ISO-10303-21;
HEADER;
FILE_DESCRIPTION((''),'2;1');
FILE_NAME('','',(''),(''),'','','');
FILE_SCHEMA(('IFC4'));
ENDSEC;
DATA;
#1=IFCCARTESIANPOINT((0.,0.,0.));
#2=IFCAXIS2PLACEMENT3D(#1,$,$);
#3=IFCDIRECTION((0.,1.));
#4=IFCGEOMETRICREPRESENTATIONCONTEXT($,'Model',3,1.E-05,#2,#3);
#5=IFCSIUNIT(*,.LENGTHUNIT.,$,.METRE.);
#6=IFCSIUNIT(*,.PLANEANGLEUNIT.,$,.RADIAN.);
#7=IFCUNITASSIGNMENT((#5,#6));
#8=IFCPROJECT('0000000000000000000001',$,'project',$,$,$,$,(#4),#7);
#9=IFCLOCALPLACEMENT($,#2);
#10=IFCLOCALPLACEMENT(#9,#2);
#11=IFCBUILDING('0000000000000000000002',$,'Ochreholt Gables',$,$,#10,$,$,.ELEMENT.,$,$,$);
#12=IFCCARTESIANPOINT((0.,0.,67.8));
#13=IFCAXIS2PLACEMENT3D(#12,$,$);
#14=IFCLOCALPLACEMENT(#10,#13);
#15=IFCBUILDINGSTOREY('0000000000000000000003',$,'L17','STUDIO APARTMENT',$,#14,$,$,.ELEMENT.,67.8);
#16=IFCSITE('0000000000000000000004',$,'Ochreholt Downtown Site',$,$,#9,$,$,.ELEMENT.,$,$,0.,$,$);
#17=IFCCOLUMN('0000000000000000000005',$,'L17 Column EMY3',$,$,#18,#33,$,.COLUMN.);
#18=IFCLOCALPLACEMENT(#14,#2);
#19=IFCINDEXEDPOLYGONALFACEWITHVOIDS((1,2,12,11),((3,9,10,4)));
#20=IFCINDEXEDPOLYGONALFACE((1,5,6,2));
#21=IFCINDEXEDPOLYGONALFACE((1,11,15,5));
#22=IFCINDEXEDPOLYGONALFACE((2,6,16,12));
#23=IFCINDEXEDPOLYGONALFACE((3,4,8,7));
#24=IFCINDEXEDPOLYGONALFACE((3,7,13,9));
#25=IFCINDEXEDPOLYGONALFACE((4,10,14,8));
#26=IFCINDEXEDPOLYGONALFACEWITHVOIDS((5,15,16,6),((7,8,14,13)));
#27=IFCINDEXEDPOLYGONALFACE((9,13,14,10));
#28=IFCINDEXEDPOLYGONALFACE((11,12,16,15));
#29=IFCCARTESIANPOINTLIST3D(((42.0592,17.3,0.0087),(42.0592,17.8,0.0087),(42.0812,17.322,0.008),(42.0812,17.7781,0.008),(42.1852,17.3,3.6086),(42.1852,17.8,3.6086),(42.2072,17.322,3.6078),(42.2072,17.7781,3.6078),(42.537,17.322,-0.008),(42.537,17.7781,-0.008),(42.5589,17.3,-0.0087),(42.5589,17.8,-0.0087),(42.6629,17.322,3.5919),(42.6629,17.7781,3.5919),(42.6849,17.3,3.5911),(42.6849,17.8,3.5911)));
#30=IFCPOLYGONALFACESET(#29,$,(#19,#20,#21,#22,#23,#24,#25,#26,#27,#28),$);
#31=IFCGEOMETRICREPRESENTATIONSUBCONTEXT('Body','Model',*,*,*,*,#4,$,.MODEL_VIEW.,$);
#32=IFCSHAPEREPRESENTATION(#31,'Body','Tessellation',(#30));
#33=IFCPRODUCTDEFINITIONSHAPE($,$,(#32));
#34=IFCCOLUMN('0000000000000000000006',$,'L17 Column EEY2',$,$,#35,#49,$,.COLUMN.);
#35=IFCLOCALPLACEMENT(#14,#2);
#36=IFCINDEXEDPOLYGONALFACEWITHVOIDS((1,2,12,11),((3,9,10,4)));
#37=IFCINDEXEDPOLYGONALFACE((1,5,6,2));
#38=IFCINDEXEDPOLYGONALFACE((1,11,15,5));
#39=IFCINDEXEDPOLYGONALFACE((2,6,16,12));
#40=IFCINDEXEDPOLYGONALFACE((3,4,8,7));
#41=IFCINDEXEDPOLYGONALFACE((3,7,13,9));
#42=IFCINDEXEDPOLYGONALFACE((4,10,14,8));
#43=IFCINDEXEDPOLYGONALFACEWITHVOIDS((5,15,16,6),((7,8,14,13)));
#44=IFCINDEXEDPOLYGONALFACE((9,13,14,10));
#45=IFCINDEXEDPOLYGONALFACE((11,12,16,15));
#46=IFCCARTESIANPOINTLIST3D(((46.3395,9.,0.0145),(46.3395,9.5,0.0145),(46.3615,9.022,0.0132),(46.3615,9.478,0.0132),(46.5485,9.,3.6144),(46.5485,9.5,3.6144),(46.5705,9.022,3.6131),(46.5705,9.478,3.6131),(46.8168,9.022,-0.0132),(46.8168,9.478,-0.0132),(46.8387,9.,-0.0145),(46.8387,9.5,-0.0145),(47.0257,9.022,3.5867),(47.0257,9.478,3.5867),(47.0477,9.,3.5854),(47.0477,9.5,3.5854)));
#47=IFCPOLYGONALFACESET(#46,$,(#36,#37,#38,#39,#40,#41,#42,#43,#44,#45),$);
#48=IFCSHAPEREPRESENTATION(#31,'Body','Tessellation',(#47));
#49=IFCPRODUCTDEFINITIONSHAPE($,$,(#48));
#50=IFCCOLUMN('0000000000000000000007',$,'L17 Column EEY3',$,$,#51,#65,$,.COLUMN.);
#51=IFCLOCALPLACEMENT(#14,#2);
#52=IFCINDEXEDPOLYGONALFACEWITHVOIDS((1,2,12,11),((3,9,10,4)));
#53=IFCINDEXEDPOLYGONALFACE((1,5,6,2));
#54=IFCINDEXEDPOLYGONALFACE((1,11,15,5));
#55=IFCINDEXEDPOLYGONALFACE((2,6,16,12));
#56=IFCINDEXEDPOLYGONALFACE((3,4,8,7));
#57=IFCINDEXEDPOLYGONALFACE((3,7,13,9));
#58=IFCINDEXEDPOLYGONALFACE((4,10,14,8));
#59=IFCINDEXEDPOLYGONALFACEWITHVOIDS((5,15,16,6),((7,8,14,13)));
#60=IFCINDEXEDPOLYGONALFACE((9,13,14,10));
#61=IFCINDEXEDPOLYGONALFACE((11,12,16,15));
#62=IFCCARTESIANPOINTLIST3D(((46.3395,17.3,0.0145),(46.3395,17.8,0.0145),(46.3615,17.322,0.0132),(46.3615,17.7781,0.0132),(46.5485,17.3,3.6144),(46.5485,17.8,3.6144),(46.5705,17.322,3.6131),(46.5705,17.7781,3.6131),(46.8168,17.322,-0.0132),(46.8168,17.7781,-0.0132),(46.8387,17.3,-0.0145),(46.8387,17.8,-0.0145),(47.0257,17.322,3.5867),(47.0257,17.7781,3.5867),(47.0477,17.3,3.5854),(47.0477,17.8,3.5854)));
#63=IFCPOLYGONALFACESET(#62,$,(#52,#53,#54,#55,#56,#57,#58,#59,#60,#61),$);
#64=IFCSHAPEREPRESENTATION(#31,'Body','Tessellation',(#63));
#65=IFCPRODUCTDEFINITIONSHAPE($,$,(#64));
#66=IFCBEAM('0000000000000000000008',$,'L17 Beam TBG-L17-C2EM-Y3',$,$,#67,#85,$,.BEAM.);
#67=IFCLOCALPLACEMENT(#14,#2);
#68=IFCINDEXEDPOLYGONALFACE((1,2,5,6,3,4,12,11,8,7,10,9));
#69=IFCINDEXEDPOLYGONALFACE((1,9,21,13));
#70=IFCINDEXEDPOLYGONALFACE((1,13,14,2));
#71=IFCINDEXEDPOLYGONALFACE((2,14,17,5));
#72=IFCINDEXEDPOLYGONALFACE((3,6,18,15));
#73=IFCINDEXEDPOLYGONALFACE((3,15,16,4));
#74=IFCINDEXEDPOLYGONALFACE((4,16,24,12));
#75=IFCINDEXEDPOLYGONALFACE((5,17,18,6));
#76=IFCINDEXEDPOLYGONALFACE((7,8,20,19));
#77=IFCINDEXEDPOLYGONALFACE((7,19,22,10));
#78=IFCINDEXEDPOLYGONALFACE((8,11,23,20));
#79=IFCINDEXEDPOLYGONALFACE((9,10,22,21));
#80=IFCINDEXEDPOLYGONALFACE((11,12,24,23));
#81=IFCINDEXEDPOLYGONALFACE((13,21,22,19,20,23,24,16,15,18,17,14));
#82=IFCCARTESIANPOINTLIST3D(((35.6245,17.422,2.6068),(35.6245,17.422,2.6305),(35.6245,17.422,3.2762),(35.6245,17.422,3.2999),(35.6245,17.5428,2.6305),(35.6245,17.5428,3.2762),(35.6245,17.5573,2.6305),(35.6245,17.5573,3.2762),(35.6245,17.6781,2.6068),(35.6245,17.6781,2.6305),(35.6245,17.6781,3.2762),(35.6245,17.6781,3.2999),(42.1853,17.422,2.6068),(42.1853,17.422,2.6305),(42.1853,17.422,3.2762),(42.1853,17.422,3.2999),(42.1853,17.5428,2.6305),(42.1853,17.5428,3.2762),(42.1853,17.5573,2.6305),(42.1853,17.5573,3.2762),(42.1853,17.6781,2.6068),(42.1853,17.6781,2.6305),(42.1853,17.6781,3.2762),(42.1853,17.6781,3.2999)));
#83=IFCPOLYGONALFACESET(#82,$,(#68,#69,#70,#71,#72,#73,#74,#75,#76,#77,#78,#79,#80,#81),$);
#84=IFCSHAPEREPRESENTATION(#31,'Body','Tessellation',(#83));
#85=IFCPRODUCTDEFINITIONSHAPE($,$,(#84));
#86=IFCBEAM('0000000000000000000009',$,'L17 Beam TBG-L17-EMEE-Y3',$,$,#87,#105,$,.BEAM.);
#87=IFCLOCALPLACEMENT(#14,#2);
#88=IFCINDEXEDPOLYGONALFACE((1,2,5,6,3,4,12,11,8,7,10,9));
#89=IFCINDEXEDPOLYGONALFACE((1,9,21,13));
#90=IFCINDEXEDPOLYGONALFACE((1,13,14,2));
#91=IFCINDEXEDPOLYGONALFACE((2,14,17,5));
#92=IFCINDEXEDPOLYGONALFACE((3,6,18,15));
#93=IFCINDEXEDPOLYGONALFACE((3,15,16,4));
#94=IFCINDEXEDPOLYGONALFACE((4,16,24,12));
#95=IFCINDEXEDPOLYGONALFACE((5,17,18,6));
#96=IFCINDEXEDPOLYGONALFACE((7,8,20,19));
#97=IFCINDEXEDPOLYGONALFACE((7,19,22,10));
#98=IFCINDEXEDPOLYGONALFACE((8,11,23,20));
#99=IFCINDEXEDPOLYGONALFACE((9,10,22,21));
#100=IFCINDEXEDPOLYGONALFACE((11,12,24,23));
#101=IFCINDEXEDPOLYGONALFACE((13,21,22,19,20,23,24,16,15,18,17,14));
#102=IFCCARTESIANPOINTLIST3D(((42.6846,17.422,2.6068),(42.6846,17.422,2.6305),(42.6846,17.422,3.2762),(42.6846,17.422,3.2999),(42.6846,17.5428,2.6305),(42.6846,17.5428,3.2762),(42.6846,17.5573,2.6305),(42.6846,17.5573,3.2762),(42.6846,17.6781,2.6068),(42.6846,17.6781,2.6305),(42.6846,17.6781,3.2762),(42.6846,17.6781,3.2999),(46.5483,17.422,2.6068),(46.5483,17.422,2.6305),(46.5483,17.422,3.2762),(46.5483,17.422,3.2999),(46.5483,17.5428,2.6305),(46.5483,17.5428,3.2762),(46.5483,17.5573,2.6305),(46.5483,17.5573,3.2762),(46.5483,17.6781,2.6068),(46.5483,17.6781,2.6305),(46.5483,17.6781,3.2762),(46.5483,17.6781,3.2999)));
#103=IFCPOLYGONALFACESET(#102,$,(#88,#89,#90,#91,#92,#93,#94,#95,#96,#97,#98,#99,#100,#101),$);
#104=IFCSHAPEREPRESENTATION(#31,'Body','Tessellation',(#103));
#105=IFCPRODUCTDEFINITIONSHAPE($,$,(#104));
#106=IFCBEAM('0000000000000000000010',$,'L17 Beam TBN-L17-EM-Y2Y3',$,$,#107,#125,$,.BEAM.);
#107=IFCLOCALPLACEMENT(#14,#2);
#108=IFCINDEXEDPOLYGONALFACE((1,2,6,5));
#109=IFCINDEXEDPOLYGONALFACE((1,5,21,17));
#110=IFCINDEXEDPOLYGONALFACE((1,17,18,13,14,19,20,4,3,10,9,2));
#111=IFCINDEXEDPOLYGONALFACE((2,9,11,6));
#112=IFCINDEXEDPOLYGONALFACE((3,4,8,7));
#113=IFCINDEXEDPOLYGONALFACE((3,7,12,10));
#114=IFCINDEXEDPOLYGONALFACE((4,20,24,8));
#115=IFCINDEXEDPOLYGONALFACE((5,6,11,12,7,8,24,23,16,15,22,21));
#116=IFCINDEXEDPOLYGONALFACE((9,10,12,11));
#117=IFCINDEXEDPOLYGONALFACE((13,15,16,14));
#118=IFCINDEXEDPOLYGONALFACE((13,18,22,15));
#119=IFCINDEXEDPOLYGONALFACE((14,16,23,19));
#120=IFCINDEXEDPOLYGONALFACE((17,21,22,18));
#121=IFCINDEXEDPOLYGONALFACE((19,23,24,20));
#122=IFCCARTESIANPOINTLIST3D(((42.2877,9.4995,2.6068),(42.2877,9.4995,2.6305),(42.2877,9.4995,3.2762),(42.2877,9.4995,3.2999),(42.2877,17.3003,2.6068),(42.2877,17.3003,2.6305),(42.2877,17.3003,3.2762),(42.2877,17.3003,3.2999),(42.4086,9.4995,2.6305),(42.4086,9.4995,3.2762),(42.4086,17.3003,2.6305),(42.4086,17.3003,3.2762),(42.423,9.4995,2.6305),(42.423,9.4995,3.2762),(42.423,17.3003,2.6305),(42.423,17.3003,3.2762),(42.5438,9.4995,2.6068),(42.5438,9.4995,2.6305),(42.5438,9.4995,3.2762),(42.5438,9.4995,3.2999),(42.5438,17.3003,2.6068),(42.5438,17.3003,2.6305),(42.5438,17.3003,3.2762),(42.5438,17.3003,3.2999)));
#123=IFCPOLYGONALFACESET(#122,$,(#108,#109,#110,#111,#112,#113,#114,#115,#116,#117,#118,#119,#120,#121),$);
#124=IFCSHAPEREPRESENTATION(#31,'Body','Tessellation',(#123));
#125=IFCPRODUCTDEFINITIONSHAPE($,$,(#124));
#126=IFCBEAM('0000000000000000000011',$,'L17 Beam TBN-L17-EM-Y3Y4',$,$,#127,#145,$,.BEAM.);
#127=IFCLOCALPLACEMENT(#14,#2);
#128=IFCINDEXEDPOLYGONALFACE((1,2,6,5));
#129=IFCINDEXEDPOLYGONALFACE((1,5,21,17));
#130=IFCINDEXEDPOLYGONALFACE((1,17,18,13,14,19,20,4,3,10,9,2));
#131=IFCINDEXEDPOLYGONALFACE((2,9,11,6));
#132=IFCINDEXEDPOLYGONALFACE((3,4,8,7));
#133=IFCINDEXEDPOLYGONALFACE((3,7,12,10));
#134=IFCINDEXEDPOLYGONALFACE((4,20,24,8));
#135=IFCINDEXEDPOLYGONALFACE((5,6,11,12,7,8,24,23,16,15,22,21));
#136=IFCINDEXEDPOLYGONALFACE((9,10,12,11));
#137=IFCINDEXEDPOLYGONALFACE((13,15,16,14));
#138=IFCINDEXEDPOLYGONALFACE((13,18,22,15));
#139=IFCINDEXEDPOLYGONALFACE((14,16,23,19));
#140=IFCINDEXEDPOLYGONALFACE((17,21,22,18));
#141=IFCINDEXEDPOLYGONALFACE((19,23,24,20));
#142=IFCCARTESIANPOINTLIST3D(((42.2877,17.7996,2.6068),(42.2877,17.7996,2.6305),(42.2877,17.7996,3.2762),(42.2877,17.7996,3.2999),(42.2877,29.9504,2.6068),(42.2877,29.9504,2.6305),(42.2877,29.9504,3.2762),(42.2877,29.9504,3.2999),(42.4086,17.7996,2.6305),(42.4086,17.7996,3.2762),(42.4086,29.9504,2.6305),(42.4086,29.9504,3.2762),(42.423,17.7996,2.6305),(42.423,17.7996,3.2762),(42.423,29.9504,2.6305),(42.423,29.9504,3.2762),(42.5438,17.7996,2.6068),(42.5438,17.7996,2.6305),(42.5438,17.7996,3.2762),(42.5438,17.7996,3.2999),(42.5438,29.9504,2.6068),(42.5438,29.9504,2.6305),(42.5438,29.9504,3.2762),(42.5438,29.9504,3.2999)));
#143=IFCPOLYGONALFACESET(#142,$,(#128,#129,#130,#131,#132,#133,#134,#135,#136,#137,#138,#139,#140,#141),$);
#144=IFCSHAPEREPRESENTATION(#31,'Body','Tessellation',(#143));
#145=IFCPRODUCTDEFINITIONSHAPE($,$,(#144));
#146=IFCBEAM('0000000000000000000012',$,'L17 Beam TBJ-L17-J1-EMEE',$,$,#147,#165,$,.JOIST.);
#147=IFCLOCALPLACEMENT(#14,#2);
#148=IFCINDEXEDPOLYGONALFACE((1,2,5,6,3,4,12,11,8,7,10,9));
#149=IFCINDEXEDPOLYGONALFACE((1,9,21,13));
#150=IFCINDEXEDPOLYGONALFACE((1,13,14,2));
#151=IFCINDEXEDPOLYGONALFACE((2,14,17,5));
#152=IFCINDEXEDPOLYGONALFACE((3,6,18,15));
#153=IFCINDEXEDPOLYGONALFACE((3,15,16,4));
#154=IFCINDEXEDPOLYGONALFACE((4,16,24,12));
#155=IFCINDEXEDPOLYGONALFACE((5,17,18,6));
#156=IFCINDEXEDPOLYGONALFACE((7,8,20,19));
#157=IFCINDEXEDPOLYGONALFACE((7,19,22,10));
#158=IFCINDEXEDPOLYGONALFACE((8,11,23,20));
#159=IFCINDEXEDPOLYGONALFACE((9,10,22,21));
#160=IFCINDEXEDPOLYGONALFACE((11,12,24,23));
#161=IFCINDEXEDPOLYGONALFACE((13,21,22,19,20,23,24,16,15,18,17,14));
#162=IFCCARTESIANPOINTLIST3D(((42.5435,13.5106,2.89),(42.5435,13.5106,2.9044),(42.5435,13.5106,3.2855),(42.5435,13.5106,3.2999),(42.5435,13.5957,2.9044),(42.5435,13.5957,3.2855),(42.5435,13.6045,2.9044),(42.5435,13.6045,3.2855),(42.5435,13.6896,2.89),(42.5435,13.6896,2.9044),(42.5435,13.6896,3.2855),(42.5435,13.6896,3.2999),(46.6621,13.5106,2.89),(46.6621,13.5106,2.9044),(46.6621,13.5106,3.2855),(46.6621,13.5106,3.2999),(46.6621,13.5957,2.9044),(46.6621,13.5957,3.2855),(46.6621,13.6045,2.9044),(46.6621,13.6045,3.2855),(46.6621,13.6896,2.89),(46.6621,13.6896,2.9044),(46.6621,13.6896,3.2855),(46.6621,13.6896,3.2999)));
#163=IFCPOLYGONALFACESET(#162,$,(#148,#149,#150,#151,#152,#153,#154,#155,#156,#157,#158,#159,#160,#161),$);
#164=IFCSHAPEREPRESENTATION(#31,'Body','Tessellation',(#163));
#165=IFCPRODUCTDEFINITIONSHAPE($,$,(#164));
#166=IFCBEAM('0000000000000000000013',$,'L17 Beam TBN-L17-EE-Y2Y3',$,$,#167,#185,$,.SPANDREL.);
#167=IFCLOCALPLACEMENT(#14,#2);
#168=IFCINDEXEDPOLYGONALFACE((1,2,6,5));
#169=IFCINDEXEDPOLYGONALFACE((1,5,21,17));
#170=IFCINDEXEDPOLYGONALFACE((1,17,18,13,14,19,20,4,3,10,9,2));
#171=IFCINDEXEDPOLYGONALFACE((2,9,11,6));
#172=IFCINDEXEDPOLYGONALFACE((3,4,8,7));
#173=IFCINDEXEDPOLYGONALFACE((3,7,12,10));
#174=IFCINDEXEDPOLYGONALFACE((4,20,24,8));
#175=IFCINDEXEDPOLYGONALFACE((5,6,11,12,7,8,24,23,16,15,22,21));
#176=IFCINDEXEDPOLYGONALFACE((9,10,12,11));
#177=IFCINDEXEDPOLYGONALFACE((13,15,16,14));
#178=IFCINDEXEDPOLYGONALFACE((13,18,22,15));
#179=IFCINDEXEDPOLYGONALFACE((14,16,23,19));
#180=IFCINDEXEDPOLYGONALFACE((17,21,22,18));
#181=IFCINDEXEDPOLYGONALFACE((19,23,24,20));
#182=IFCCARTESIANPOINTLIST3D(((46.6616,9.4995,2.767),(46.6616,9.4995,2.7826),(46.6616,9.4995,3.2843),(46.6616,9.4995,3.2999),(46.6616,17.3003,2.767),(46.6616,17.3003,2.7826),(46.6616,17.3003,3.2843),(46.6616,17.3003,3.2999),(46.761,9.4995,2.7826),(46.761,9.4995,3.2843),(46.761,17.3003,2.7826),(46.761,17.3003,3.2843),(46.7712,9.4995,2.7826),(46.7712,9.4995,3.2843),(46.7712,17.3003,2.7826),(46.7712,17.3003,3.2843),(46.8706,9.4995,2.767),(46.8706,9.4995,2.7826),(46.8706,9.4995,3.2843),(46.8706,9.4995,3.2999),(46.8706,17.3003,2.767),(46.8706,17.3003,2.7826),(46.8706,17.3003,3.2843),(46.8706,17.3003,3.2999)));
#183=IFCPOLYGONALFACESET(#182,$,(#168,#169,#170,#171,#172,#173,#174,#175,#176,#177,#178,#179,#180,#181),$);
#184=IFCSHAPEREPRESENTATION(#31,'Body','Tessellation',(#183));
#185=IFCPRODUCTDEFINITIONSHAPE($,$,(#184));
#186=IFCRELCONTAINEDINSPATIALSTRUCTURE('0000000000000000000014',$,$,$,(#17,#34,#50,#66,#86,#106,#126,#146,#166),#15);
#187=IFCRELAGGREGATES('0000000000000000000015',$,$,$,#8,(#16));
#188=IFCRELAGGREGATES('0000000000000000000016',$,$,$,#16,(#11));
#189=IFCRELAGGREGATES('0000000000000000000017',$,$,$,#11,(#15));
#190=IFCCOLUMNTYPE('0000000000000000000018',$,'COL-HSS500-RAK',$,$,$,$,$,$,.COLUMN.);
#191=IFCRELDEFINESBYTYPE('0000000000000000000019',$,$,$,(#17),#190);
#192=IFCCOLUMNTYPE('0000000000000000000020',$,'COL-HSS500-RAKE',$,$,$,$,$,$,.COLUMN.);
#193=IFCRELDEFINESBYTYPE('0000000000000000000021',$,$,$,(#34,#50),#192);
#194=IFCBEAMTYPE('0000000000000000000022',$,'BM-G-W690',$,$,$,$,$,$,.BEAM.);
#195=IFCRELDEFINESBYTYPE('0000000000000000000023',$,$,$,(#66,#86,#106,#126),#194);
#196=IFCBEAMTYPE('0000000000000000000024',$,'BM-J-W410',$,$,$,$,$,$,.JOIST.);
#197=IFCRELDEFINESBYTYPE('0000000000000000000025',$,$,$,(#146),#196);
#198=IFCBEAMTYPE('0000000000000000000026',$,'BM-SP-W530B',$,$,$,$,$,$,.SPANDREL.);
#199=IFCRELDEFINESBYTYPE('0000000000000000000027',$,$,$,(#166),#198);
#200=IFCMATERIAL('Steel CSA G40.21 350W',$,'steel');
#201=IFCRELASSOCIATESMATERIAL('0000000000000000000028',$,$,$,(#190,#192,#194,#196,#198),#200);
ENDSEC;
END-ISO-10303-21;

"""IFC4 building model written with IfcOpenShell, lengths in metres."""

from ifc_helpers import new_model, si_unit, direction, frame, origin, origin_2d, place, context, subcontext, project, spatial, hollow_rectangle, i_section, extrude, material, material_profile, profile_set, type_object, element, save


model = new_model("IFC4")

# Units and contexts
model_context = context("Model", 3, precision=1e-05, world=origin(), true_north=direction((0.0, 1.0)))
body_context = subcontext(model_context, "Body", "Model", "MODEL_VIEW")
ifc_project = project(units=[si_unit("LENGTHUNIT", "METRE"), si_unit("PLANEANGLEUNIT", "RADIAN")], contexts=[model_context])

# Site, building, storey
site_placement = place(None, origin())
site = spatial("IfcSite", under=ifc_project, at=site_placement, Name="Ochreholt Downtown Site", CompositionType="ELEMENT", RefElevation=0.0)
building_placement = place(site_placement, origin())
building = spatial("IfcBuilding", under=site, at=building_placement, Name="Ochreholt Gables", CompositionType="ELEMENT")
storey_placement = place(building_placement, frame((0.0, 0.0, 67.8)))
storey = spatial("IfcBuildingStorey", under=building, at=storey_placement, Name="L17", Description="STUDIO APARTMENT", CompositionType="ELEMENT", Elevation=67.8)

# Columns
ifc_material_1 = material(Name="Steel CSA G40.21 350W", Category="steel")
ifc_material_profile_1 = material_profile(ifc_material_1, hollow_rectangle(XDim=0.5, YDim=0.5, WallThickness=0.022, at=origin_2d()), Name="HSS500X500X22")
ifc_profile_set_1 = profile_set([ifc_material_profile_1], Name="Steel CSA G40.21 350W")
column_type_1 = type_object("IfcColumnType", Name="COL-HSS500-RAK", PredefinedType="COLUMN", material=ifc_profile_set_1)
column_placement = place(storey_placement, frame((42.3091, 17.55, 0.0), z_axis=(0.034974, 0.0, 0.999388), x_axis=(0.0, 1.0, 0.0)))
element("IfcColumn", 1, at=column_placement, inside=storey, type_object=column_type_1, Name="L17 Column EMY3", PredefinedType="COLUMN", context=body_context, shape_type="SweptSolid", body=[
    extrude(hollow_rectangle(XDim=0.5, YDim=0.5, WallThickness=0.022, at=origin_2d()), origin(), (0.0, 0.0, 1.0), 3.6021),
])
ifc_material_profile_2 = material_profile(ifc_material_1, hollow_rectangle(XDim=0.5, YDim=0.5, WallThickness=0.022, at=origin_2d()), Name="HSS500X500X22")
ifc_profile_set_2 = profile_set([ifc_material_profile_2], Name="Steel CSA G40.21 350W")
column_type_2 = type_object("IfcColumnType", Name="COL-HSS500-RAKE", PredefinedType="COLUMN", material=ifc_profile_set_2)
for number, where, z_axis, x_axis, name in (
    (2, (46.5891, 9.25, 0.0), (0.057956, 0.0, 0.998319), (0.0, 1.0, 0.0), "L17 Column EEY2"),
    (3, (46.5891, 17.55, 0.0), (0.057956, 0.0, 0.998319), (0.0, 1.0, 0.0), "L17 Column EEY3"),
):
    element("IfcColumn", number, at=place(storey_placement, frame(where, z_axis=z_axis, x_axis=x_axis)), inside=storey, type_object=column_type_2, Name=name, PredefinedType="COLUMN", context=body_context, shape_type="SweptSolid", body=[
        extrude(hollow_rectangle(XDim=0.5, YDim=0.5, WallThickness=0.022, at=origin_2d()), origin(), (0.0, 0.0, 1.0), 3.606),
    ])

# Beams
ifc_material_profile_3 = material_profile(ifc_material_1, i_section(OverallWidth=0.2561, OverallDepth=0.6931, WebThickness=0.0144, FlangeThickness=0.0237, at=origin_2d()), Name="W690X170")
ifc_profile_set_3 = profile_set([ifc_material_profile_3], Name="Steel CSA G40.21 350W")
beam_type_1 = type_object("IfcBeamType", Name="BM-G-W690", PredefinedType="BEAM", material=ifc_profile_set_3)
beam_1_placement = place(storey_placement, frame((35.6245, 17.55, 2.9534), z_axis=(1.0, 0.0, 0.0), x_axis=(0.0, 1.0, 0.0)))
element("IfcBeam", 4, at=beam_1_placement, inside=storey, type_object=beam_type_1, Name="L17 Beam TBG-L17-C2EM-Y3", PredefinedType="BEAM", context=body_context, shape_type="SweptSolid", body=[
    extrude(i_section(OverallWidth=0.2561, OverallDepth=0.6931, WebThickness=0.0144, FlangeThickness=0.0237, at=origin_2d()), origin(), (0.0, 0.0, 1.0), 6.5608),
])
beam_2_placement = place(storey_placement, frame((42.6846, 17.55, 2.9534), z_axis=(1.0, 0.0, 0.0), x_axis=(0.0, 1.0, 0.0)))
element("IfcBeam", 5, at=beam_2_placement, inside=storey, type_object=beam_type_1, Name="L17 Beam TBG-L17-EMEE-Y3", PredefinedType="BEAM", context=body_context, shape_type="SweptSolid", body=[
    extrude(i_section(OverallWidth=0.2561, OverallDepth=0.6931, WebThickness=0.0144, FlangeThickness=0.0237, at=origin_2d()), origin(), (0.0, 0.0, 1.0), 3.8638),
])
beam_3_placement = place(storey_placement, frame((42.4158, 9.4995, 2.9534), z_axis=(0.0, 1.0, 0.0), x_axis=(-1.0, 0.0, 0.0)))
element("IfcBeam", 6, at=beam_3_placement, inside=storey, type_object=beam_type_1, Name="L17 Beam TBN-L17-EM-Y2Y3", PredefinedType="BEAM", context=body_context, shape_type="SweptSolid", body=[
    extrude(i_section(OverallWidth=0.2561, OverallDepth=0.6931, WebThickness=0.0144, FlangeThickness=0.0237, at=origin_2d()), origin(), (0.0, 0.0, 1.0), 7.8008),
])
beam_4_placement = place(storey_placement, frame((42.4158, 17.7996, 2.9534), z_axis=(0.0, 1.0, 0.0), x_axis=(-1.0, 0.0, 0.0)))
element("IfcBeam", 7, at=beam_4_placement, inside=storey, type_object=beam_type_1, Name="L17 Beam TBN-L17-EM-Y3Y4", PredefinedType="BEAM", context=body_context, shape_type="SweptSolid", body=[
    extrude(i_section(OverallWidth=0.2561, OverallDepth=0.6931, WebThickness=0.0144, FlangeThickness=0.0237, at=origin_2d()), origin(), (0.0, 0.0, 1.0), 12.1509),
])
ifc_material_profile_4 = material_profile(ifc_material_1, i_section(OverallWidth=0.179, OverallDepth=0.4099, WebThickness=0.0088, FlangeThickness=0.0144, at=origin_2d()), Name="W410X67")
ifc_profile_set_4 = profile_set([ifc_material_profile_4], Name="Steel CSA G40.21 350W")
beam_type_2 = type_object("IfcBeamType", Name="BM-J-W410", PredefinedType="JOIST", material=ifc_profile_set_4)
beam_5_placement = place(storey_placement, frame((42.5435, 13.6001, 3.095), z_axis=(1.0, 0.0, 0.0), x_axis=(0.0, 1.0, 0.0)))
element("IfcBeam", 8, at=beam_5_placement, inside=storey, type_object=beam_type_2, Name="L17 Beam TBJ-L17-J1-EMEE", PredefinedType="JOIST", context=body_context, shape_type="SweptSolid", body=[
    extrude(i_section(OverallWidth=0.179, OverallDepth=0.4099, WebThickness=0.0088, FlangeThickness=0.0144, at=origin_2d()), origin(), (0.0, 0.0, 1.0), 4.1187),
])
ifc_material_profile_5 = material_profile(ifc_material_1, i_section(OverallWidth=0.209, OverallDepth=0.533, WebThickness=0.0103, FlangeThickness=0.0156, at=origin_2d()), Name="W530X92")
ifc_profile_set_5 = profile_set([ifc_material_profile_5], Name="Steel CSA G40.21 350W")
beam_type_3 = type_object("IfcBeamType", Name="BM-SP-W530B", PredefinedType="SPANDREL", material=ifc_profile_set_5)
beam_6_placement = place(storey_placement, frame((46.7661, 9.4995, 3.0334), z_axis=(0.0, 1.0, 0.0), x_axis=(-1.0, 0.0, 0.0)))
element("IfcBeam", 9, at=beam_6_placement, inside=storey, type_object=beam_type_3, Name="L17 Beam TBN-L17-EE-Y2Y3", PredefinedType="SPANDREL", context=body_context, shape_type="SweptSolid", body=[
    extrude(i_section(OverallWidth=0.209, OverallDepth=0.533, WebThickness=0.0103, FlangeThickness=0.0156, at=origin_2d()), origin(), (0.0, 0.0, 1.0), 7.8008),
])

save(model, "model.ifc")
